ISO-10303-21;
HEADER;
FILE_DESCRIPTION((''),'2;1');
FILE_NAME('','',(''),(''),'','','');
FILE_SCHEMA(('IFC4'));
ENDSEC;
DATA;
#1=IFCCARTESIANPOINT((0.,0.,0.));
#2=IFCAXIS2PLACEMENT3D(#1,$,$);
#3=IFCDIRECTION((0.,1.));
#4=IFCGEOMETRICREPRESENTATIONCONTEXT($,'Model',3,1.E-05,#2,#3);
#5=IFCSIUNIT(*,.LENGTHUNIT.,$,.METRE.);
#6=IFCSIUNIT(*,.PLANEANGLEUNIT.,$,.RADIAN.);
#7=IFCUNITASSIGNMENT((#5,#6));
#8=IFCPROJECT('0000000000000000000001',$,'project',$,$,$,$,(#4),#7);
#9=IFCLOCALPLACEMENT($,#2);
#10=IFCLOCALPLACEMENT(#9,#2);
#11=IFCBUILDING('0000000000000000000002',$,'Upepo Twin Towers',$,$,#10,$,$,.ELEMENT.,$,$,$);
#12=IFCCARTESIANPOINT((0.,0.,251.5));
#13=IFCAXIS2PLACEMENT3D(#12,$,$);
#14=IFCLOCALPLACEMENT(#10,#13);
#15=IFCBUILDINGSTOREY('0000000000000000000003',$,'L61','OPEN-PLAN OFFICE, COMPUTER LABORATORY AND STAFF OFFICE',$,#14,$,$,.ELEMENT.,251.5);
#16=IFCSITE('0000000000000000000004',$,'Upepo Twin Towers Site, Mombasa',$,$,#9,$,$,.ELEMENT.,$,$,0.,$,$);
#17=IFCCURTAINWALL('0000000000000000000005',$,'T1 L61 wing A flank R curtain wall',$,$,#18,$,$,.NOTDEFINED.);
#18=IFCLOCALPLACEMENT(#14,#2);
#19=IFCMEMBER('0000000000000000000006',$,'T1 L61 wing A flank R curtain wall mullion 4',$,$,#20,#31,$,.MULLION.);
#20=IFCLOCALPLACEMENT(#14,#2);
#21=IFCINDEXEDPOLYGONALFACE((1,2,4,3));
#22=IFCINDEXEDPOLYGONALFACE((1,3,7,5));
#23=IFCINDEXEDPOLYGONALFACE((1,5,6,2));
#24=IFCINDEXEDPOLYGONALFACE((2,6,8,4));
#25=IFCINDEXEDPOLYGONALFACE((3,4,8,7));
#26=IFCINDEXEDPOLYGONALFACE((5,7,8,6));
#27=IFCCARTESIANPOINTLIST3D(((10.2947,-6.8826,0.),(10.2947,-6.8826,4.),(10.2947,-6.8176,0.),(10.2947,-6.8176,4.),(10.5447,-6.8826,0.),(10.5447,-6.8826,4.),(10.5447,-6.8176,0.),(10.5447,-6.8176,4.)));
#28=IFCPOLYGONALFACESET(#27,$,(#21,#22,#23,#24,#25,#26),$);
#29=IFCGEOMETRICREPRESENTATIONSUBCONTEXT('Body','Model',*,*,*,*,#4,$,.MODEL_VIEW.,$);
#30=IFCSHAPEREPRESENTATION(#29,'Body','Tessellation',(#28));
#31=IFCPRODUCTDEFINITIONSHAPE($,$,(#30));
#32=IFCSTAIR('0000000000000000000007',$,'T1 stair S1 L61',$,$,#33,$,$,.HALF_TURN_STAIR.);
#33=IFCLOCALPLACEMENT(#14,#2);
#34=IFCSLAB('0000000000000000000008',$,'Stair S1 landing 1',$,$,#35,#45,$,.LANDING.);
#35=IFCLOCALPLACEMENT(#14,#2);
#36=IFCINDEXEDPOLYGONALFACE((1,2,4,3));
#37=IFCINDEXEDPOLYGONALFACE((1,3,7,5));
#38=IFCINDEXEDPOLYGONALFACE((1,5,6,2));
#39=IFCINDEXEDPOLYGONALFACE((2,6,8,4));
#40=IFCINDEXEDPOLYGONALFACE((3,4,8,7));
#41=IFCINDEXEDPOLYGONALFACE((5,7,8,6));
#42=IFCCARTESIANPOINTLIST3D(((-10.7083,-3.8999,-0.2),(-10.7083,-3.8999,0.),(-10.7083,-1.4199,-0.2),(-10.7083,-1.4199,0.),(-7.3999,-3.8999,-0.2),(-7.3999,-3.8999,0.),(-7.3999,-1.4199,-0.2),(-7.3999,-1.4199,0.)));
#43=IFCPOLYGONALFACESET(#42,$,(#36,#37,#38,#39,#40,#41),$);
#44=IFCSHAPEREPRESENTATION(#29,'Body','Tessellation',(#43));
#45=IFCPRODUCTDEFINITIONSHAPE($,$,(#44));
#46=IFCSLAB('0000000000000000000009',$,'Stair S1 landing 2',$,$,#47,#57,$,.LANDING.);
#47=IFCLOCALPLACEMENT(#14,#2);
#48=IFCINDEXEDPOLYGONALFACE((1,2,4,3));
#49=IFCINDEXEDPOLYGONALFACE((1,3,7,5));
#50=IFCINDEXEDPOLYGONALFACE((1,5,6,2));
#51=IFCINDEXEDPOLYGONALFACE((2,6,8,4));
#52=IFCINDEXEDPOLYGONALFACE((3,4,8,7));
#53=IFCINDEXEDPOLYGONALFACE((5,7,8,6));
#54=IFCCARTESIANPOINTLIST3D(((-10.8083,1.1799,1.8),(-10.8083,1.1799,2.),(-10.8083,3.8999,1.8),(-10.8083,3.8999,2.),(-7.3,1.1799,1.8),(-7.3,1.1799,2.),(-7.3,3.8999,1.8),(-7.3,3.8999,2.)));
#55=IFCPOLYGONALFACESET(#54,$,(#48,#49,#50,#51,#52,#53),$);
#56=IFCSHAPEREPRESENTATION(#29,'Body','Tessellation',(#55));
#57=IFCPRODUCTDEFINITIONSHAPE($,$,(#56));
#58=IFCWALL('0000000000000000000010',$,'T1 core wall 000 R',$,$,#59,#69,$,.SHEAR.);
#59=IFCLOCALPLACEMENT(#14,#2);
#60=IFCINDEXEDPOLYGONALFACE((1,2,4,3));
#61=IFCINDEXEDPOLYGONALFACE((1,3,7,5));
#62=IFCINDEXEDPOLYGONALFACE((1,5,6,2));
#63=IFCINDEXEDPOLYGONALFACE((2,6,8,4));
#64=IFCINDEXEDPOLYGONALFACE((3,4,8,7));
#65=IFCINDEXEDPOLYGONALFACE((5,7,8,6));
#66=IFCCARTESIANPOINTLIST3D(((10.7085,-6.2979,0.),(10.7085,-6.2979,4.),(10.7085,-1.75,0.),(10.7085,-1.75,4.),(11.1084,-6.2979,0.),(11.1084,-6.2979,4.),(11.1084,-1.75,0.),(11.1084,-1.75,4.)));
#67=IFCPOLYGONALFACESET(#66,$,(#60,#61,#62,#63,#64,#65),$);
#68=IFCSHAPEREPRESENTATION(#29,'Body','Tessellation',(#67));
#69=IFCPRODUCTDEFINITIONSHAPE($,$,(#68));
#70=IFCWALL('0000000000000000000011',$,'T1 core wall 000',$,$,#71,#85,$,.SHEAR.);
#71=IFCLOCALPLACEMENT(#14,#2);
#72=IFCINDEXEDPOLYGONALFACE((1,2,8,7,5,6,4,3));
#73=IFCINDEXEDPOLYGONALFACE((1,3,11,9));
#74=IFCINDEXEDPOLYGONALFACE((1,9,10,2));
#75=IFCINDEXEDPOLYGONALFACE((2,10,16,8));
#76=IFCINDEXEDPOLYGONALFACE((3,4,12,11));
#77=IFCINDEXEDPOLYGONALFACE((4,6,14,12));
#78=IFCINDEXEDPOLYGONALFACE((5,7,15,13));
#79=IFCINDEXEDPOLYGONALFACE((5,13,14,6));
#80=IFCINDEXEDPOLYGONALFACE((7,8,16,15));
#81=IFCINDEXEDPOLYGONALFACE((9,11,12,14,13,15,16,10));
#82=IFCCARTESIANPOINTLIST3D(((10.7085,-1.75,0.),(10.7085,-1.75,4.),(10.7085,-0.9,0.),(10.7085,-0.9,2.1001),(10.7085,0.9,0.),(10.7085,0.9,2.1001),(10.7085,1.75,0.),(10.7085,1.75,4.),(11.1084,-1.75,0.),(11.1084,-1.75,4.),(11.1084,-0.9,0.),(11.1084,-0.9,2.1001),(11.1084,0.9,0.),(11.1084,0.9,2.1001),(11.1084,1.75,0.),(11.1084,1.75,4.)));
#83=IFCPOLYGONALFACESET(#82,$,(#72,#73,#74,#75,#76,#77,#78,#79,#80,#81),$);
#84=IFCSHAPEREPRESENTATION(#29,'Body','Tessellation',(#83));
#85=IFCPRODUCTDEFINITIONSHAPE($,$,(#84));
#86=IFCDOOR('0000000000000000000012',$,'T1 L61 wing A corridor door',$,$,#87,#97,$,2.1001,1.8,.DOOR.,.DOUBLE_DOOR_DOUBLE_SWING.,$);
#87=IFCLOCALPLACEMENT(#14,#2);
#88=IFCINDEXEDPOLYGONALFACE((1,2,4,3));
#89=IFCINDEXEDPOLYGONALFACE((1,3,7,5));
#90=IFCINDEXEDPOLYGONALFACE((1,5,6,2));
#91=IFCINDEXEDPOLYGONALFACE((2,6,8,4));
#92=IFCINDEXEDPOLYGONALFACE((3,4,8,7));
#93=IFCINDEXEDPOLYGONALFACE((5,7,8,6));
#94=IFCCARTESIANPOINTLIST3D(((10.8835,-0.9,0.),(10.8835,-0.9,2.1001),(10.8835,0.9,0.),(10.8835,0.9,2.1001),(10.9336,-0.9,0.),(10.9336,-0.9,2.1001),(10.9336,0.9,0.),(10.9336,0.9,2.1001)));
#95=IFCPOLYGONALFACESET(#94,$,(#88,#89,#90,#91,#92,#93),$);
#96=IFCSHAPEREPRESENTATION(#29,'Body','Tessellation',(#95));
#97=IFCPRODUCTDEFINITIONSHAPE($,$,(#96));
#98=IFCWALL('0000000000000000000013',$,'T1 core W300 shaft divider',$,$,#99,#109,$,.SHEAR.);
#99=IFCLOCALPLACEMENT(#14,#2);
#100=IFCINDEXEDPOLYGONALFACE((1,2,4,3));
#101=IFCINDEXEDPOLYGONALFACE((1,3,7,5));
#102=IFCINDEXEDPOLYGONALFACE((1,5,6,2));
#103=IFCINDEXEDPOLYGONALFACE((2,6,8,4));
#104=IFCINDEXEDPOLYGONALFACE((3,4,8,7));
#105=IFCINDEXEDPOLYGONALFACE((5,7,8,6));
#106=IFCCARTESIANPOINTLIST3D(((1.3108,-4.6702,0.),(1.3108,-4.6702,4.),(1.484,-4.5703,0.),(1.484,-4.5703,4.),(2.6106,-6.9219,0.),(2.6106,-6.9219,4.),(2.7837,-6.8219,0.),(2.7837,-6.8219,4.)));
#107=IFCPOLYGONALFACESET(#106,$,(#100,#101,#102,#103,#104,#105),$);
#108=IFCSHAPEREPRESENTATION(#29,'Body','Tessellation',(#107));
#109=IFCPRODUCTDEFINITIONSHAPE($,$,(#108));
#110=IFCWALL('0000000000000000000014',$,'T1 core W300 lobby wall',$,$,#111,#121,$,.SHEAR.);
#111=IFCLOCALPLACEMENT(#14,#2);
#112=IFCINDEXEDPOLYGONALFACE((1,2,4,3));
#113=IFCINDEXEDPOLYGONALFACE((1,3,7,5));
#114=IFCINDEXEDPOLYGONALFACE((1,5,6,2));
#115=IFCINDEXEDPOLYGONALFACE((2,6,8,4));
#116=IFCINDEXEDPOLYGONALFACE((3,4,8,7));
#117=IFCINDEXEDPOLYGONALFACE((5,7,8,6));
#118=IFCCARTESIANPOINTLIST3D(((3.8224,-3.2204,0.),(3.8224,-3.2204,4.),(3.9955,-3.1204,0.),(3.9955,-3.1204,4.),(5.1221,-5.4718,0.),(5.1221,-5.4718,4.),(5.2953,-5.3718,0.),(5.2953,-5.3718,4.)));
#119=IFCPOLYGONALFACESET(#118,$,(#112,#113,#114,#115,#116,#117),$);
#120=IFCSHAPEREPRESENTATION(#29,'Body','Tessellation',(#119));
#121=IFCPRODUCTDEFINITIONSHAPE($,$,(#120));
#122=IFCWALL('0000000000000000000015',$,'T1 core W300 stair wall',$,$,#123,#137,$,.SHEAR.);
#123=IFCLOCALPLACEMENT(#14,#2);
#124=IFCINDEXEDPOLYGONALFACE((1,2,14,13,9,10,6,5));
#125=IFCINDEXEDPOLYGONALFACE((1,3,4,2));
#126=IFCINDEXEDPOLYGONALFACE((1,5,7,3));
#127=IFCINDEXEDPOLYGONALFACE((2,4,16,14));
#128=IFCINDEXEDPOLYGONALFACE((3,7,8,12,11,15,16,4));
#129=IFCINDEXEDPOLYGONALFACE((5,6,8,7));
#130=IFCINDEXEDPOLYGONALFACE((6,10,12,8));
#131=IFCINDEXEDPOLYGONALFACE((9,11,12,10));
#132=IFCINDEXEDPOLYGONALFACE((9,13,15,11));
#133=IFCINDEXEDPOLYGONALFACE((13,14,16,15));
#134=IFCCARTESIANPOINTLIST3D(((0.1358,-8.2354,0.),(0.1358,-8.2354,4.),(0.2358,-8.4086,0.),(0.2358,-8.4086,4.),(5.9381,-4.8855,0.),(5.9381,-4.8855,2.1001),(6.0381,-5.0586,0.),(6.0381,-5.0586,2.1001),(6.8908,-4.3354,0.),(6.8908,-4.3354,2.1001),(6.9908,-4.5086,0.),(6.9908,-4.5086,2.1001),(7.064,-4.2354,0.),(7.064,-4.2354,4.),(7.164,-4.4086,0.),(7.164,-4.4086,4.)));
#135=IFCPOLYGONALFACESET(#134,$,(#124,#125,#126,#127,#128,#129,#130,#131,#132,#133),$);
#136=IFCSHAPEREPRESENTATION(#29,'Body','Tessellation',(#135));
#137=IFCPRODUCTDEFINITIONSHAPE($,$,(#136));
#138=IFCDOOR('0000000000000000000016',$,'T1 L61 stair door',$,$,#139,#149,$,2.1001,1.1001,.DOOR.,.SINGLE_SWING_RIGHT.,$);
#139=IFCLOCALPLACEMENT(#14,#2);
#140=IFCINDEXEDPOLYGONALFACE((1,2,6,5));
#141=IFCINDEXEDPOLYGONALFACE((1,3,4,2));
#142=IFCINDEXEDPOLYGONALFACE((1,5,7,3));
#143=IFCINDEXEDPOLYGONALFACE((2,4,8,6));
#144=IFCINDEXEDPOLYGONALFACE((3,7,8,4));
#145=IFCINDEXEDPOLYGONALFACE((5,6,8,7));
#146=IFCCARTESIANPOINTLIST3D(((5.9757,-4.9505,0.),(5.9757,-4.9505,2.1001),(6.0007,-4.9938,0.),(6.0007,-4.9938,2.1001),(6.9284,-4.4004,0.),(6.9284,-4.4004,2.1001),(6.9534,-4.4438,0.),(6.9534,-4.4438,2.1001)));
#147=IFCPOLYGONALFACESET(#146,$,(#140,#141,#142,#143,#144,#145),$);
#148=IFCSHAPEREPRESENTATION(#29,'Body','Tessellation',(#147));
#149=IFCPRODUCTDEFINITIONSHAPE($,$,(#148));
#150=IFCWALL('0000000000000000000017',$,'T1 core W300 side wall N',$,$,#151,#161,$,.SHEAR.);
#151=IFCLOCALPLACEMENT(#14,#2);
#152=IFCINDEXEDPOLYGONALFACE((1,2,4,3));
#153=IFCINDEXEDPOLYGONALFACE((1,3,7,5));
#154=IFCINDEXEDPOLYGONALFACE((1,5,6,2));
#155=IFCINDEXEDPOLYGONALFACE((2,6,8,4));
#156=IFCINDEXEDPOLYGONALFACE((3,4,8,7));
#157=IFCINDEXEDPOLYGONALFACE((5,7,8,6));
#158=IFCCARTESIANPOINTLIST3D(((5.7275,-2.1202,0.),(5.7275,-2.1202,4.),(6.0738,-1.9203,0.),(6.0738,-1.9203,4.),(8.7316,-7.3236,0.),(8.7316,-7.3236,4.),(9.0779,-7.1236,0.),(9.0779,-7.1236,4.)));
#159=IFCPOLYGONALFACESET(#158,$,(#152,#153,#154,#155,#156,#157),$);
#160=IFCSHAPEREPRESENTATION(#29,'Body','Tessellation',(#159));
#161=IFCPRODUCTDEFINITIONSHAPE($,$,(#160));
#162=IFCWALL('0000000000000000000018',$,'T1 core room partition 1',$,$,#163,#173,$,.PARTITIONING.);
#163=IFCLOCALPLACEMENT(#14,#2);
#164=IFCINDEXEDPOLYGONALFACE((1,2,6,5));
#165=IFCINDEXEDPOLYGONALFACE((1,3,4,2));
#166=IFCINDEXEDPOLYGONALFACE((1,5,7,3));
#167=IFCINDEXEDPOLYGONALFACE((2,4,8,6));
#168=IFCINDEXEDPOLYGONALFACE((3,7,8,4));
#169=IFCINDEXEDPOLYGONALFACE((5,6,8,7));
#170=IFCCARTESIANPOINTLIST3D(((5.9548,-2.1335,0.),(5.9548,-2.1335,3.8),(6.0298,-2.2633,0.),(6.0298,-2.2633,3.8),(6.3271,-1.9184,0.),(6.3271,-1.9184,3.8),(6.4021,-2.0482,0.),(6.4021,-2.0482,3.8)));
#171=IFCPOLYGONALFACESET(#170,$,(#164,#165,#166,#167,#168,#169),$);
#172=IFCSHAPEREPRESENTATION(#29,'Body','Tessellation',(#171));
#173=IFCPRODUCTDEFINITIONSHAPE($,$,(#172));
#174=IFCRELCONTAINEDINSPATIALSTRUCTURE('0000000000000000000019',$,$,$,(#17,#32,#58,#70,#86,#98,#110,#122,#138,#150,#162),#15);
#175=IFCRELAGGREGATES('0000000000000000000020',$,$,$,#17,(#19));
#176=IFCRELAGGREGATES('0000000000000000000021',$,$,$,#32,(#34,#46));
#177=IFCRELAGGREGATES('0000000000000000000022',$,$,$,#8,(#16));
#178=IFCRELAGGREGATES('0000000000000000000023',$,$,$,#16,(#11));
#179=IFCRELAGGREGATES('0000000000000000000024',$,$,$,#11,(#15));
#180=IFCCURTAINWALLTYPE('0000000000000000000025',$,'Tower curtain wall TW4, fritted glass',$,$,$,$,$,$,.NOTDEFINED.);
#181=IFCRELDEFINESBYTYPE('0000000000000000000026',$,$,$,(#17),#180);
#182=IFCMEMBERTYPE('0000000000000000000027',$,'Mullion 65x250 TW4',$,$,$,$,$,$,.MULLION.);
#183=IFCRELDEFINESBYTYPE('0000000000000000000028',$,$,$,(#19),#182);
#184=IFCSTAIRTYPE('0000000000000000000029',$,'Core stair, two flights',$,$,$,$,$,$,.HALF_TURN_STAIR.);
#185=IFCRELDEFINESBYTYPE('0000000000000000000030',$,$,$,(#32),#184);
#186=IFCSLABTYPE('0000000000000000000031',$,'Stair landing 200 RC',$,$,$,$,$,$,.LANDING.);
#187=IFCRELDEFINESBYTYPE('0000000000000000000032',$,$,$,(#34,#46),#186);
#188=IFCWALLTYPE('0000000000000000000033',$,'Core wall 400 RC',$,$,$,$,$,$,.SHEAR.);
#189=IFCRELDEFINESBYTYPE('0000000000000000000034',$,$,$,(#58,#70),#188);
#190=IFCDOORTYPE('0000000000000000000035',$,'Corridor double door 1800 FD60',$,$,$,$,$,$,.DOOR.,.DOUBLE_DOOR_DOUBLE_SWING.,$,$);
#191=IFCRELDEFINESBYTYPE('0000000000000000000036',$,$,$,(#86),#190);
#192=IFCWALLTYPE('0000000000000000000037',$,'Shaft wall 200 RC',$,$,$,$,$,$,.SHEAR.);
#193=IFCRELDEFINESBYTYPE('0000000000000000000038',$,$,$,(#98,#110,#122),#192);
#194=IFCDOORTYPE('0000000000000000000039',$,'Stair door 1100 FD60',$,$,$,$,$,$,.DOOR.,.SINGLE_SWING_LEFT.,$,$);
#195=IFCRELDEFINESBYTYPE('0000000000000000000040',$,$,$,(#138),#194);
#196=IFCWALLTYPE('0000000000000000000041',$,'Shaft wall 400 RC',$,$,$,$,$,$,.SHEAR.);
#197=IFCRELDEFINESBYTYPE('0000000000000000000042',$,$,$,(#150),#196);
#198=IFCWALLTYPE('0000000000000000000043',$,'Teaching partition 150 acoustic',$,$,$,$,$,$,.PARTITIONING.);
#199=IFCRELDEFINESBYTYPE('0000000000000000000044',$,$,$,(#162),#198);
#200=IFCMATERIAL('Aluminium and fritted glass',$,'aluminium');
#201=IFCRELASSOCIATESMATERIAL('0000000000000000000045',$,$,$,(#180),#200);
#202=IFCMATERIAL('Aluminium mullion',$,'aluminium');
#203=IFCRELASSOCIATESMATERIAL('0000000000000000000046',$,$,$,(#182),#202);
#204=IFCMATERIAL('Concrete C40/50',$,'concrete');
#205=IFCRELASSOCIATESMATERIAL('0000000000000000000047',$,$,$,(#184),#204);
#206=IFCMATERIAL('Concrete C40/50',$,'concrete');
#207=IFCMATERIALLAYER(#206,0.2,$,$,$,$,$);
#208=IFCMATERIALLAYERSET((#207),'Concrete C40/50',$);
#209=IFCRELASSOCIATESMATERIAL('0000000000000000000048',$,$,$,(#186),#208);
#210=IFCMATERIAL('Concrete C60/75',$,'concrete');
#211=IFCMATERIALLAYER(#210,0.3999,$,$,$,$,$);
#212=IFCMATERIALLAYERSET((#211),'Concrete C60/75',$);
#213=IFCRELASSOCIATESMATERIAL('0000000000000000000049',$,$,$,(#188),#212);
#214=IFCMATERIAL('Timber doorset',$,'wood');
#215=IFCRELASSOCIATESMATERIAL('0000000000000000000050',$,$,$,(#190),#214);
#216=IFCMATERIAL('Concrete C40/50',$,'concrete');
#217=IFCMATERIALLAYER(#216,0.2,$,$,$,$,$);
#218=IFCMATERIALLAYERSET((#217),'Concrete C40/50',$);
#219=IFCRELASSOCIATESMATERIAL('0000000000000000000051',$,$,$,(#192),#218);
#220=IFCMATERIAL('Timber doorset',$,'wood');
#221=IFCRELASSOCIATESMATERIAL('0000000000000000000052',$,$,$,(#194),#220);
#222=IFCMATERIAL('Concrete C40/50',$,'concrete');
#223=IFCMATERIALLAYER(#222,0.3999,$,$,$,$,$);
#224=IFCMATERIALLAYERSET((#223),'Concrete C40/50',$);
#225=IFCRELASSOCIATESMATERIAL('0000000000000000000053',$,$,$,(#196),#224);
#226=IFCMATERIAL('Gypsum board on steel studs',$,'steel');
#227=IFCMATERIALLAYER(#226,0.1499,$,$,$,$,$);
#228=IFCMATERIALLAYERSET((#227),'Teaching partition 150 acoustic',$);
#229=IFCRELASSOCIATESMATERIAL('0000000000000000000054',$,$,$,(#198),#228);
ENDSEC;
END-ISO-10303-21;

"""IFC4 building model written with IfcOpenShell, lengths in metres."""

from ifc_helpers import new_model, si_unit, direction, frame, frame_2d, origin, origin_2d, place, context, subcontext, project, spatial, polyline, rectangle, outline, extrude, material, layer, layer_set, material_profile, profile_set, type_object, element, fill, aggregate, save


model = new_model("IFC4")

# Units and contexts
model_context = context("Model", 3, precision=1e-05, world=origin(), true_north=direction((0.0, 1.0)))
body_context = subcontext(model_context, "Body", "Model", "MODEL_VIEW")
ifc_project = project(units=[si_unit("LENGTHUNIT", "METRE"), si_unit("PLANEANGLEUNIT", "RADIAN")], contexts=[model_context])

# Site, building, storey
site_placement = place(None, origin())
site = spatial("IfcSite", under=ifc_project, at=site_placement, Name="Upepo Twin Towers Site, Mombasa", CompositionType="ELEMENT", RefElevation=0.0)
building_placement = place(site_placement, origin())
building = spatial("IfcBuilding", under=site, at=building_placement, Name="Upepo Twin Towers", CompositionType="ELEMENT")
storey_placement = place(building_placement, frame((0.0, 0.0, 251.5)))
storey = spatial("IfcBuildingStorey", under=building, at=storey_placement, Name="L61", Description="OPEN-PLAN OFFICE, COMPUTER LABORATORY AND STAFF OFFICE", CompositionType="ELEMENT", Elevation=251.5)

# Curtain wall, member
ifc_material_1 = material(Name="Aluminium and fritted glass", Category="aluminium")
curtain_wall_type = type_object("IfcCurtainWallType", Name="Tower curtain wall TW4, fritted glass", PredefinedType="NOTDEFINED", material=ifc_material_1)
curtain_wall_placement = place(storey_placement, origin())
curtain_wall = element("IfcCurtainWall", 1, at=curtain_wall_placement, inside=storey, type_object=curtain_wall_type, Name="T1 L61 wing A flank R curtain wall", PredefinedType="NOTDEFINED")
ifc_material_2 = material(Name="Aluminium mullion", Category="aluminium")
ifc_material_profile = material_profile(ifc_material_2, rectangle(XDim=0.0649, YDim=0.25, at=origin_2d()), Name="MULLION 65x250")
ifc_profile_set = profile_set([ifc_material_profile], Name="Aluminium mullion")
member_type = type_object("IfcMemberType", Name="Mullion 65x250 TW4", PredefinedType="MULLION", material=ifc_profile_set)
member_placement = place(storey_placement, frame((10.4197, -6.8501, 0.0), z_axis=(0.0, 0.0, 1.0), x_axis=(0.0, -1.0, 0.0)))
member = element("IfcMember", 2, at=member_placement, type_object=member_type, Name="T1 L61 wing A flank R curtain wall mullion 4", PredefinedType="MULLION", context=body_context, shape_type="SweptSolid", body=[
    extrude(rectangle(XDim=0.0649, YDim=0.25, at=origin_2d()), origin(), (0.0, 0.0, 1.0), 4.0),
])
aggregate(curtain_wall, [member])

# Stair, slabs
ifc_material_3 = material(Name="Concrete C40/50", Category="concrete")
stair_type = type_object("IfcStairType", Name="Core stair, two flights", PredefinedType="HALF_TURN_STAIR", material=ifc_material_3)
stair_1_placement = place(storey_placement, origin())
stair_1 = element("IfcStair", 3, at=stair_1_placement, inside=storey, type_object=stair_type, Name="T1 stair S1 L61", PredefinedType="HALF_TURN_STAIR")
ifc_material_4 = material(Name="Concrete C40/50", Category="concrete")
ifc_layer_1 = layer(ifc_material_4, 0.2)
ifc_layer_set_1 = layer_set([ifc_layer_1], Name="Concrete C40/50")
slab_type = type_object("IfcSlabType", Name="Stair landing 200 RC", PredefinedType="LANDING", material=ifc_layer_set_1)
slab_1_placement = place(storey_placement, frame((0.0, 0.0, -0.2)))
slab_1 = element("IfcSlab", 4, at=slab_1_placement, type_object=slab_type, Name="Stair S1 landing 1", PredefinedType="LANDING", context=body_context, shape_type="SweptSolid", body=[
    extrude(outline(polyline([(-7.3999, -1.4199), (-10.7083, -1.4199), (-10.7083, -3.8999), (-7.3999, -3.8999), (-7.3999, -1.4199)])), origin(), (0.0, 0.0, 1.0), 0.2),
])
slab_2_placement = place(storey_placement, frame((0.0, 0.0, 1.8)))
slab_2 = element("IfcSlab", 5, at=slab_2_placement, type_object=slab_type, Name="Stair S1 landing 2", PredefinedType="LANDING", context=body_context, shape_type="SweptSolid", body=[
    extrude(outline(polyline([(-7.3, 3.8999), (-10.8083, 3.8999), (-10.8083, 1.1799), (-7.3, 1.1799), (-7.3, 3.8999)])), origin(), (0.0, 0.0, 1.0), 0.2),
])
aggregate(stair_1, [slab_1, slab_2])

# Wall
ifc_material_5 = material(Name="Concrete C60/75", Category="concrete")
ifc_layer_2 = layer(ifc_material_5, 0.3999)
ifc_layer_set_2 = layer_set([ifc_layer_2], Name="Concrete C60/75")
wall_type_1 = type_object("IfcWallType", Name="Core wall 400 RC", PredefinedType="SHEAR", material=ifc_layer_set_2)
wall_1_placement = place(storey_placement, frame((10.9084, -6.2979, 0.0), z_axis=(0.0, 0.0, 1.0), x_axis=(0.0, 1.0, 0.0)))
element("IfcWall", 6, at=wall_1_placement, inside=storey, type_object=wall_type_1, Name="T1 core wall 000 R", PredefinedType="SHEAR", context=body_context, shape_type="SweptSolid", body=[
    extrude(rectangle(XDim=4.5479, YDim=0.3999, at=frame_2d((2.2739, 0.0))), origin(), (0.0, 0.0, 1.0), 4.0),
])

# Wall, opening, door
wall_2_placement = place(storey_placement, frame((10.9084, -1.75, 0.0), z_axis=(0.0, 0.0, 1.0), x_axis=(0.0, 1.0, 0.0)))
wall_2 = element("IfcWall", 7, at=wall_2_placement, inside=storey, type_object=wall_type_1, Name="T1 core wall 000", PredefinedType="SHEAR", context=body_context, shape_type="SweptSolid", body=[
    extrude(rectangle(XDim=3.5, YDim=0.3999, at=frame_2d((1.75, 0.0))), origin(), (0.0, 0.0, 1.0), 4.0),
])
opening_1_placement = place(wall_2_placement, frame((0.8501, 0.0, 0.0)))
opening_1 = element("IfcOpeningElement", 8, at=opening_1_placement, cuts=wall_2, PredefinedType="OPENING", context=body_context, shape_type="SweptSolid", body=[
    extrude(rectangle(XDim=1.8, YDim=2.1001, at=frame_2d((0.8999, 1.05))), frame((0.0, 0.21, 0.0), z_axis=(0.0, -1.0, 0.0), x_axis=(1.0, 0.0, 0.0)), (0.0, 0.0, 1.0), 0.4199),
])
ifc_material_6 = material(Name="Timber doorset", Category="wood")
door_type_1 = type_object("IfcDoorType", Name="Corridor double door 1800 FD60", OperationType="DOUBLE_DOOR_DOUBLE_SWING", PredefinedType="DOOR", material=ifc_material_6)
door_1_placement = place(opening_1_placement, origin())
door_1 = element("IfcDoor", 9, at=door_1_placement, inside=storey, type_object=door_type_1, Name="T1 L61 wing A corridor door", OperationType="DOUBLE_DOOR_DOUBLE_SWING", OverallHeight=2.1001, OverallWidth=1.8, PredefinedType="DOOR", context=body_context, shape_type="SweptSolid", body=[
    extrude(rectangle(XDim=1.8, YDim=2.1001, at=frame_2d((0.8999, 1.05))), frame((0.0, 0.0249, 0.0), z_axis=(0.0, -1.0, 0.0), x_axis=(1.0, 0.0, 0.0)), (0.0, 0.0, 1.0), 0.05),
])
fill(opening_1, door_1)

# Walls
ifc_material_7 = material(Name="Concrete C40/50", Category="concrete")
ifc_layer_3 = layer(ifc_material_7, 0.2)
ifc_layer_set_3 = layer_set([ifc_layer_3], Name="Concrete C40/50")
wall_type_2 = type_object("IfcWallType", Name="Shaft wall 200 RC", PredefinedType="SHEAR", material=ifc_layer_set_3)
wall_3_placement = place(storey_placement, frame((1.3975, -4.6204, 0.0), z_axis=(0.0, 0.0, 1.0), x_axis=(0.499937, -0.866062, 0.0)))
element("IfcWall", 10, at=wall_3_placement, inside=storey, type_object=wall_type_2, Name="T1 core W300 shaft divider", PredefinedType="SHEAR", context=body_context, shape_type="SweptSolid", body=[
    extrude(rectangle(XDim=2.5999, YDim=0.2, at=frame_2d((1.2998, 0.0))), origin(), (0.0, 0.0, 1.0), 4.0),
])
wall_4_placement = place(storey_placement, frame((3.9089, -3.1704, 0.0), z_axis=(0.0, 0.0, 1.0), x_axis=(0.499977, -0.866039, 0.0)))
element("IfcWall", 11, at=wall_4_placement, inside=storey, type_object=wall_type_2, Name="T1 core W300 lobby wall", PredefinedType="SHEAR", context=body_context, shape_type="SweptSolid", body=[
    extrude(rectangle(XDim=2.5996, YDim=0.2, at=frame_2d((1.2998, 0.0))), origin(), (0.0, 0.0, 1.0), 4.0),
])

# Wall, opening, door
wall_5_placement = place(storey_placement, frame((0.1858, -8.322, 0.0), z_axis=(0.0, 0.0, 1.0), x_axis=(0.866026, 0.499999, 0.0)))
wall_5 = element("IfcWall", 12, at=wall_5_placement, inside=storey, type_object=wall_type_2, Name="T1 core W300 stair wall", PredefinedType="SHEAR", context=body_context, shape_type="SweptSolid", body=[
    extrude(rectangle(XDim=8.0, YDim=0.2, at=frame_2d((4.0, 0.0))), origin(), (0.0, 0.0, 1.0), 4.0),
])
opening_2_placement = place(wall_5_placement, frame((6.7, 0.0, 0.0)))
opening_2 = element("IfcOpeningElement", 13, at=opening_2_placement, cuts=wall_5, PredefinedType="OPENING", context=body_context, shape_type="SweptSolid", body=[
    extrude(rectangle(XDim=1.1001, YDim=2.1001, at=frame_2d((0.55, 1.05))), frame((0.0, 0.1099, 0.0), z_axis=(0.0, -1.0, 0.0), x_axis=(1.0, 0.0, 0.0)), (0.0, 0.0, 1.0), 0.22),
])
ifc_material_8 = material(Name="Timber doorset", Category="wood")
door_type_2 = type_object("IfcDoorType", Name="Stair door 1100 FD60", OperationType="SINGLE_SWING_LEFT", PredefinedType="DOOR", material=ifc_material_8)
door_2_placement = place(opening_2_placement, origin())
door_2 = element("IfcDoor", 14, at=door_2_placement, inside=storey, type_object=door_type_2, Name="T1 L61 stair door", OperationType="SINGLE_SWING_RIGHT", OverallHeight=2.1001, OverallWidth=1.1001, PredefinedType="DOOR", context=body_context, shape_type="SweptSolid", body=[
    extrude(rectangle(XDim=1.1001, YDim=2.1001, at=frame_2d((0.55, 1.05))), frame((0.0, 0.0249, 0.0), z_axis=(0.0, -1.0, 0.0), x_axis=(1.0, 0.0, 0.0)), (0.0, 0.0, 1.0), 0.05),
])
fill(opening_2, door_2)

# Walls
ifc_material_9 = material(Name="Concrete C40/50", Category="concrete")
ifc_layer_4 = layer(ifc_material_9, 0.3999)
ifc_layer_set_4 = layer_set([ifc_layer_4], Name="Concrete C40/50")
wall_type_3 = type_object("IfcWallType", Name="Shaft wall 400 RC", PredefinedType="SHEAR", material=ifc_layer_set_4)
wall_6_placement = place(storey_placement, frame((5.9006, -2.0203, 0.0), z_axis=(0.0, 0.0, 1.0), x_axis=(0.499998, -0.866027, 0.0)))
element("IfcWall", 15, at=wall_6_placement, inside=storey, type_object=wall_type_3, Name="T1 core W300 side wall N", PredefinedType="SHEAR", context=body_context, shape_type="SweptSolid", body=[
    extrude(rectangle(XDim=6.0083, YDim=0.3999, at=frame_2d((3.0042, 0.0))), origin(), (0.0, 0.0, 1.0), 4.0),
])
ifc_material_10 = material(Name="Gypsum board on steel studs", Category="steel")
ifc_layer_5 = layer(ifc_material_10, 0.1499)
ifc_layer_set_5 = layer_set([ifc_layer_5], Name="Teaching partition 150 acoustic")
wall_type_4 = type_object("IfcWallType", Name="Teaching partition 150 acoustic", PredefinedType="PARTITIONING", material=ifc_layer_set_5)
wall_7_placement = place(storey_placement, frame((6.3645, -1.9834, 0.0), z_axis=(0.0, 0.0, 1.0), x_axis=(-0.865892, -0.50023, 0.0)))
element("IfcWall", 16, at=wall_7_placement, inside=storey, type_object=wall_type_4, Name="T1 core room partition 1", PredefinedType="PARTITIONING", context=body_context, shape_type="SweptSolid", body=[
    extrude(rectangle(XDim=0.4299, YDim=0.1499, at=frame_2d((0.2148, 0.0))), origin(), (0.0, 0.0, 1.0), 3.8),
])

save(model, "model.ifc")
